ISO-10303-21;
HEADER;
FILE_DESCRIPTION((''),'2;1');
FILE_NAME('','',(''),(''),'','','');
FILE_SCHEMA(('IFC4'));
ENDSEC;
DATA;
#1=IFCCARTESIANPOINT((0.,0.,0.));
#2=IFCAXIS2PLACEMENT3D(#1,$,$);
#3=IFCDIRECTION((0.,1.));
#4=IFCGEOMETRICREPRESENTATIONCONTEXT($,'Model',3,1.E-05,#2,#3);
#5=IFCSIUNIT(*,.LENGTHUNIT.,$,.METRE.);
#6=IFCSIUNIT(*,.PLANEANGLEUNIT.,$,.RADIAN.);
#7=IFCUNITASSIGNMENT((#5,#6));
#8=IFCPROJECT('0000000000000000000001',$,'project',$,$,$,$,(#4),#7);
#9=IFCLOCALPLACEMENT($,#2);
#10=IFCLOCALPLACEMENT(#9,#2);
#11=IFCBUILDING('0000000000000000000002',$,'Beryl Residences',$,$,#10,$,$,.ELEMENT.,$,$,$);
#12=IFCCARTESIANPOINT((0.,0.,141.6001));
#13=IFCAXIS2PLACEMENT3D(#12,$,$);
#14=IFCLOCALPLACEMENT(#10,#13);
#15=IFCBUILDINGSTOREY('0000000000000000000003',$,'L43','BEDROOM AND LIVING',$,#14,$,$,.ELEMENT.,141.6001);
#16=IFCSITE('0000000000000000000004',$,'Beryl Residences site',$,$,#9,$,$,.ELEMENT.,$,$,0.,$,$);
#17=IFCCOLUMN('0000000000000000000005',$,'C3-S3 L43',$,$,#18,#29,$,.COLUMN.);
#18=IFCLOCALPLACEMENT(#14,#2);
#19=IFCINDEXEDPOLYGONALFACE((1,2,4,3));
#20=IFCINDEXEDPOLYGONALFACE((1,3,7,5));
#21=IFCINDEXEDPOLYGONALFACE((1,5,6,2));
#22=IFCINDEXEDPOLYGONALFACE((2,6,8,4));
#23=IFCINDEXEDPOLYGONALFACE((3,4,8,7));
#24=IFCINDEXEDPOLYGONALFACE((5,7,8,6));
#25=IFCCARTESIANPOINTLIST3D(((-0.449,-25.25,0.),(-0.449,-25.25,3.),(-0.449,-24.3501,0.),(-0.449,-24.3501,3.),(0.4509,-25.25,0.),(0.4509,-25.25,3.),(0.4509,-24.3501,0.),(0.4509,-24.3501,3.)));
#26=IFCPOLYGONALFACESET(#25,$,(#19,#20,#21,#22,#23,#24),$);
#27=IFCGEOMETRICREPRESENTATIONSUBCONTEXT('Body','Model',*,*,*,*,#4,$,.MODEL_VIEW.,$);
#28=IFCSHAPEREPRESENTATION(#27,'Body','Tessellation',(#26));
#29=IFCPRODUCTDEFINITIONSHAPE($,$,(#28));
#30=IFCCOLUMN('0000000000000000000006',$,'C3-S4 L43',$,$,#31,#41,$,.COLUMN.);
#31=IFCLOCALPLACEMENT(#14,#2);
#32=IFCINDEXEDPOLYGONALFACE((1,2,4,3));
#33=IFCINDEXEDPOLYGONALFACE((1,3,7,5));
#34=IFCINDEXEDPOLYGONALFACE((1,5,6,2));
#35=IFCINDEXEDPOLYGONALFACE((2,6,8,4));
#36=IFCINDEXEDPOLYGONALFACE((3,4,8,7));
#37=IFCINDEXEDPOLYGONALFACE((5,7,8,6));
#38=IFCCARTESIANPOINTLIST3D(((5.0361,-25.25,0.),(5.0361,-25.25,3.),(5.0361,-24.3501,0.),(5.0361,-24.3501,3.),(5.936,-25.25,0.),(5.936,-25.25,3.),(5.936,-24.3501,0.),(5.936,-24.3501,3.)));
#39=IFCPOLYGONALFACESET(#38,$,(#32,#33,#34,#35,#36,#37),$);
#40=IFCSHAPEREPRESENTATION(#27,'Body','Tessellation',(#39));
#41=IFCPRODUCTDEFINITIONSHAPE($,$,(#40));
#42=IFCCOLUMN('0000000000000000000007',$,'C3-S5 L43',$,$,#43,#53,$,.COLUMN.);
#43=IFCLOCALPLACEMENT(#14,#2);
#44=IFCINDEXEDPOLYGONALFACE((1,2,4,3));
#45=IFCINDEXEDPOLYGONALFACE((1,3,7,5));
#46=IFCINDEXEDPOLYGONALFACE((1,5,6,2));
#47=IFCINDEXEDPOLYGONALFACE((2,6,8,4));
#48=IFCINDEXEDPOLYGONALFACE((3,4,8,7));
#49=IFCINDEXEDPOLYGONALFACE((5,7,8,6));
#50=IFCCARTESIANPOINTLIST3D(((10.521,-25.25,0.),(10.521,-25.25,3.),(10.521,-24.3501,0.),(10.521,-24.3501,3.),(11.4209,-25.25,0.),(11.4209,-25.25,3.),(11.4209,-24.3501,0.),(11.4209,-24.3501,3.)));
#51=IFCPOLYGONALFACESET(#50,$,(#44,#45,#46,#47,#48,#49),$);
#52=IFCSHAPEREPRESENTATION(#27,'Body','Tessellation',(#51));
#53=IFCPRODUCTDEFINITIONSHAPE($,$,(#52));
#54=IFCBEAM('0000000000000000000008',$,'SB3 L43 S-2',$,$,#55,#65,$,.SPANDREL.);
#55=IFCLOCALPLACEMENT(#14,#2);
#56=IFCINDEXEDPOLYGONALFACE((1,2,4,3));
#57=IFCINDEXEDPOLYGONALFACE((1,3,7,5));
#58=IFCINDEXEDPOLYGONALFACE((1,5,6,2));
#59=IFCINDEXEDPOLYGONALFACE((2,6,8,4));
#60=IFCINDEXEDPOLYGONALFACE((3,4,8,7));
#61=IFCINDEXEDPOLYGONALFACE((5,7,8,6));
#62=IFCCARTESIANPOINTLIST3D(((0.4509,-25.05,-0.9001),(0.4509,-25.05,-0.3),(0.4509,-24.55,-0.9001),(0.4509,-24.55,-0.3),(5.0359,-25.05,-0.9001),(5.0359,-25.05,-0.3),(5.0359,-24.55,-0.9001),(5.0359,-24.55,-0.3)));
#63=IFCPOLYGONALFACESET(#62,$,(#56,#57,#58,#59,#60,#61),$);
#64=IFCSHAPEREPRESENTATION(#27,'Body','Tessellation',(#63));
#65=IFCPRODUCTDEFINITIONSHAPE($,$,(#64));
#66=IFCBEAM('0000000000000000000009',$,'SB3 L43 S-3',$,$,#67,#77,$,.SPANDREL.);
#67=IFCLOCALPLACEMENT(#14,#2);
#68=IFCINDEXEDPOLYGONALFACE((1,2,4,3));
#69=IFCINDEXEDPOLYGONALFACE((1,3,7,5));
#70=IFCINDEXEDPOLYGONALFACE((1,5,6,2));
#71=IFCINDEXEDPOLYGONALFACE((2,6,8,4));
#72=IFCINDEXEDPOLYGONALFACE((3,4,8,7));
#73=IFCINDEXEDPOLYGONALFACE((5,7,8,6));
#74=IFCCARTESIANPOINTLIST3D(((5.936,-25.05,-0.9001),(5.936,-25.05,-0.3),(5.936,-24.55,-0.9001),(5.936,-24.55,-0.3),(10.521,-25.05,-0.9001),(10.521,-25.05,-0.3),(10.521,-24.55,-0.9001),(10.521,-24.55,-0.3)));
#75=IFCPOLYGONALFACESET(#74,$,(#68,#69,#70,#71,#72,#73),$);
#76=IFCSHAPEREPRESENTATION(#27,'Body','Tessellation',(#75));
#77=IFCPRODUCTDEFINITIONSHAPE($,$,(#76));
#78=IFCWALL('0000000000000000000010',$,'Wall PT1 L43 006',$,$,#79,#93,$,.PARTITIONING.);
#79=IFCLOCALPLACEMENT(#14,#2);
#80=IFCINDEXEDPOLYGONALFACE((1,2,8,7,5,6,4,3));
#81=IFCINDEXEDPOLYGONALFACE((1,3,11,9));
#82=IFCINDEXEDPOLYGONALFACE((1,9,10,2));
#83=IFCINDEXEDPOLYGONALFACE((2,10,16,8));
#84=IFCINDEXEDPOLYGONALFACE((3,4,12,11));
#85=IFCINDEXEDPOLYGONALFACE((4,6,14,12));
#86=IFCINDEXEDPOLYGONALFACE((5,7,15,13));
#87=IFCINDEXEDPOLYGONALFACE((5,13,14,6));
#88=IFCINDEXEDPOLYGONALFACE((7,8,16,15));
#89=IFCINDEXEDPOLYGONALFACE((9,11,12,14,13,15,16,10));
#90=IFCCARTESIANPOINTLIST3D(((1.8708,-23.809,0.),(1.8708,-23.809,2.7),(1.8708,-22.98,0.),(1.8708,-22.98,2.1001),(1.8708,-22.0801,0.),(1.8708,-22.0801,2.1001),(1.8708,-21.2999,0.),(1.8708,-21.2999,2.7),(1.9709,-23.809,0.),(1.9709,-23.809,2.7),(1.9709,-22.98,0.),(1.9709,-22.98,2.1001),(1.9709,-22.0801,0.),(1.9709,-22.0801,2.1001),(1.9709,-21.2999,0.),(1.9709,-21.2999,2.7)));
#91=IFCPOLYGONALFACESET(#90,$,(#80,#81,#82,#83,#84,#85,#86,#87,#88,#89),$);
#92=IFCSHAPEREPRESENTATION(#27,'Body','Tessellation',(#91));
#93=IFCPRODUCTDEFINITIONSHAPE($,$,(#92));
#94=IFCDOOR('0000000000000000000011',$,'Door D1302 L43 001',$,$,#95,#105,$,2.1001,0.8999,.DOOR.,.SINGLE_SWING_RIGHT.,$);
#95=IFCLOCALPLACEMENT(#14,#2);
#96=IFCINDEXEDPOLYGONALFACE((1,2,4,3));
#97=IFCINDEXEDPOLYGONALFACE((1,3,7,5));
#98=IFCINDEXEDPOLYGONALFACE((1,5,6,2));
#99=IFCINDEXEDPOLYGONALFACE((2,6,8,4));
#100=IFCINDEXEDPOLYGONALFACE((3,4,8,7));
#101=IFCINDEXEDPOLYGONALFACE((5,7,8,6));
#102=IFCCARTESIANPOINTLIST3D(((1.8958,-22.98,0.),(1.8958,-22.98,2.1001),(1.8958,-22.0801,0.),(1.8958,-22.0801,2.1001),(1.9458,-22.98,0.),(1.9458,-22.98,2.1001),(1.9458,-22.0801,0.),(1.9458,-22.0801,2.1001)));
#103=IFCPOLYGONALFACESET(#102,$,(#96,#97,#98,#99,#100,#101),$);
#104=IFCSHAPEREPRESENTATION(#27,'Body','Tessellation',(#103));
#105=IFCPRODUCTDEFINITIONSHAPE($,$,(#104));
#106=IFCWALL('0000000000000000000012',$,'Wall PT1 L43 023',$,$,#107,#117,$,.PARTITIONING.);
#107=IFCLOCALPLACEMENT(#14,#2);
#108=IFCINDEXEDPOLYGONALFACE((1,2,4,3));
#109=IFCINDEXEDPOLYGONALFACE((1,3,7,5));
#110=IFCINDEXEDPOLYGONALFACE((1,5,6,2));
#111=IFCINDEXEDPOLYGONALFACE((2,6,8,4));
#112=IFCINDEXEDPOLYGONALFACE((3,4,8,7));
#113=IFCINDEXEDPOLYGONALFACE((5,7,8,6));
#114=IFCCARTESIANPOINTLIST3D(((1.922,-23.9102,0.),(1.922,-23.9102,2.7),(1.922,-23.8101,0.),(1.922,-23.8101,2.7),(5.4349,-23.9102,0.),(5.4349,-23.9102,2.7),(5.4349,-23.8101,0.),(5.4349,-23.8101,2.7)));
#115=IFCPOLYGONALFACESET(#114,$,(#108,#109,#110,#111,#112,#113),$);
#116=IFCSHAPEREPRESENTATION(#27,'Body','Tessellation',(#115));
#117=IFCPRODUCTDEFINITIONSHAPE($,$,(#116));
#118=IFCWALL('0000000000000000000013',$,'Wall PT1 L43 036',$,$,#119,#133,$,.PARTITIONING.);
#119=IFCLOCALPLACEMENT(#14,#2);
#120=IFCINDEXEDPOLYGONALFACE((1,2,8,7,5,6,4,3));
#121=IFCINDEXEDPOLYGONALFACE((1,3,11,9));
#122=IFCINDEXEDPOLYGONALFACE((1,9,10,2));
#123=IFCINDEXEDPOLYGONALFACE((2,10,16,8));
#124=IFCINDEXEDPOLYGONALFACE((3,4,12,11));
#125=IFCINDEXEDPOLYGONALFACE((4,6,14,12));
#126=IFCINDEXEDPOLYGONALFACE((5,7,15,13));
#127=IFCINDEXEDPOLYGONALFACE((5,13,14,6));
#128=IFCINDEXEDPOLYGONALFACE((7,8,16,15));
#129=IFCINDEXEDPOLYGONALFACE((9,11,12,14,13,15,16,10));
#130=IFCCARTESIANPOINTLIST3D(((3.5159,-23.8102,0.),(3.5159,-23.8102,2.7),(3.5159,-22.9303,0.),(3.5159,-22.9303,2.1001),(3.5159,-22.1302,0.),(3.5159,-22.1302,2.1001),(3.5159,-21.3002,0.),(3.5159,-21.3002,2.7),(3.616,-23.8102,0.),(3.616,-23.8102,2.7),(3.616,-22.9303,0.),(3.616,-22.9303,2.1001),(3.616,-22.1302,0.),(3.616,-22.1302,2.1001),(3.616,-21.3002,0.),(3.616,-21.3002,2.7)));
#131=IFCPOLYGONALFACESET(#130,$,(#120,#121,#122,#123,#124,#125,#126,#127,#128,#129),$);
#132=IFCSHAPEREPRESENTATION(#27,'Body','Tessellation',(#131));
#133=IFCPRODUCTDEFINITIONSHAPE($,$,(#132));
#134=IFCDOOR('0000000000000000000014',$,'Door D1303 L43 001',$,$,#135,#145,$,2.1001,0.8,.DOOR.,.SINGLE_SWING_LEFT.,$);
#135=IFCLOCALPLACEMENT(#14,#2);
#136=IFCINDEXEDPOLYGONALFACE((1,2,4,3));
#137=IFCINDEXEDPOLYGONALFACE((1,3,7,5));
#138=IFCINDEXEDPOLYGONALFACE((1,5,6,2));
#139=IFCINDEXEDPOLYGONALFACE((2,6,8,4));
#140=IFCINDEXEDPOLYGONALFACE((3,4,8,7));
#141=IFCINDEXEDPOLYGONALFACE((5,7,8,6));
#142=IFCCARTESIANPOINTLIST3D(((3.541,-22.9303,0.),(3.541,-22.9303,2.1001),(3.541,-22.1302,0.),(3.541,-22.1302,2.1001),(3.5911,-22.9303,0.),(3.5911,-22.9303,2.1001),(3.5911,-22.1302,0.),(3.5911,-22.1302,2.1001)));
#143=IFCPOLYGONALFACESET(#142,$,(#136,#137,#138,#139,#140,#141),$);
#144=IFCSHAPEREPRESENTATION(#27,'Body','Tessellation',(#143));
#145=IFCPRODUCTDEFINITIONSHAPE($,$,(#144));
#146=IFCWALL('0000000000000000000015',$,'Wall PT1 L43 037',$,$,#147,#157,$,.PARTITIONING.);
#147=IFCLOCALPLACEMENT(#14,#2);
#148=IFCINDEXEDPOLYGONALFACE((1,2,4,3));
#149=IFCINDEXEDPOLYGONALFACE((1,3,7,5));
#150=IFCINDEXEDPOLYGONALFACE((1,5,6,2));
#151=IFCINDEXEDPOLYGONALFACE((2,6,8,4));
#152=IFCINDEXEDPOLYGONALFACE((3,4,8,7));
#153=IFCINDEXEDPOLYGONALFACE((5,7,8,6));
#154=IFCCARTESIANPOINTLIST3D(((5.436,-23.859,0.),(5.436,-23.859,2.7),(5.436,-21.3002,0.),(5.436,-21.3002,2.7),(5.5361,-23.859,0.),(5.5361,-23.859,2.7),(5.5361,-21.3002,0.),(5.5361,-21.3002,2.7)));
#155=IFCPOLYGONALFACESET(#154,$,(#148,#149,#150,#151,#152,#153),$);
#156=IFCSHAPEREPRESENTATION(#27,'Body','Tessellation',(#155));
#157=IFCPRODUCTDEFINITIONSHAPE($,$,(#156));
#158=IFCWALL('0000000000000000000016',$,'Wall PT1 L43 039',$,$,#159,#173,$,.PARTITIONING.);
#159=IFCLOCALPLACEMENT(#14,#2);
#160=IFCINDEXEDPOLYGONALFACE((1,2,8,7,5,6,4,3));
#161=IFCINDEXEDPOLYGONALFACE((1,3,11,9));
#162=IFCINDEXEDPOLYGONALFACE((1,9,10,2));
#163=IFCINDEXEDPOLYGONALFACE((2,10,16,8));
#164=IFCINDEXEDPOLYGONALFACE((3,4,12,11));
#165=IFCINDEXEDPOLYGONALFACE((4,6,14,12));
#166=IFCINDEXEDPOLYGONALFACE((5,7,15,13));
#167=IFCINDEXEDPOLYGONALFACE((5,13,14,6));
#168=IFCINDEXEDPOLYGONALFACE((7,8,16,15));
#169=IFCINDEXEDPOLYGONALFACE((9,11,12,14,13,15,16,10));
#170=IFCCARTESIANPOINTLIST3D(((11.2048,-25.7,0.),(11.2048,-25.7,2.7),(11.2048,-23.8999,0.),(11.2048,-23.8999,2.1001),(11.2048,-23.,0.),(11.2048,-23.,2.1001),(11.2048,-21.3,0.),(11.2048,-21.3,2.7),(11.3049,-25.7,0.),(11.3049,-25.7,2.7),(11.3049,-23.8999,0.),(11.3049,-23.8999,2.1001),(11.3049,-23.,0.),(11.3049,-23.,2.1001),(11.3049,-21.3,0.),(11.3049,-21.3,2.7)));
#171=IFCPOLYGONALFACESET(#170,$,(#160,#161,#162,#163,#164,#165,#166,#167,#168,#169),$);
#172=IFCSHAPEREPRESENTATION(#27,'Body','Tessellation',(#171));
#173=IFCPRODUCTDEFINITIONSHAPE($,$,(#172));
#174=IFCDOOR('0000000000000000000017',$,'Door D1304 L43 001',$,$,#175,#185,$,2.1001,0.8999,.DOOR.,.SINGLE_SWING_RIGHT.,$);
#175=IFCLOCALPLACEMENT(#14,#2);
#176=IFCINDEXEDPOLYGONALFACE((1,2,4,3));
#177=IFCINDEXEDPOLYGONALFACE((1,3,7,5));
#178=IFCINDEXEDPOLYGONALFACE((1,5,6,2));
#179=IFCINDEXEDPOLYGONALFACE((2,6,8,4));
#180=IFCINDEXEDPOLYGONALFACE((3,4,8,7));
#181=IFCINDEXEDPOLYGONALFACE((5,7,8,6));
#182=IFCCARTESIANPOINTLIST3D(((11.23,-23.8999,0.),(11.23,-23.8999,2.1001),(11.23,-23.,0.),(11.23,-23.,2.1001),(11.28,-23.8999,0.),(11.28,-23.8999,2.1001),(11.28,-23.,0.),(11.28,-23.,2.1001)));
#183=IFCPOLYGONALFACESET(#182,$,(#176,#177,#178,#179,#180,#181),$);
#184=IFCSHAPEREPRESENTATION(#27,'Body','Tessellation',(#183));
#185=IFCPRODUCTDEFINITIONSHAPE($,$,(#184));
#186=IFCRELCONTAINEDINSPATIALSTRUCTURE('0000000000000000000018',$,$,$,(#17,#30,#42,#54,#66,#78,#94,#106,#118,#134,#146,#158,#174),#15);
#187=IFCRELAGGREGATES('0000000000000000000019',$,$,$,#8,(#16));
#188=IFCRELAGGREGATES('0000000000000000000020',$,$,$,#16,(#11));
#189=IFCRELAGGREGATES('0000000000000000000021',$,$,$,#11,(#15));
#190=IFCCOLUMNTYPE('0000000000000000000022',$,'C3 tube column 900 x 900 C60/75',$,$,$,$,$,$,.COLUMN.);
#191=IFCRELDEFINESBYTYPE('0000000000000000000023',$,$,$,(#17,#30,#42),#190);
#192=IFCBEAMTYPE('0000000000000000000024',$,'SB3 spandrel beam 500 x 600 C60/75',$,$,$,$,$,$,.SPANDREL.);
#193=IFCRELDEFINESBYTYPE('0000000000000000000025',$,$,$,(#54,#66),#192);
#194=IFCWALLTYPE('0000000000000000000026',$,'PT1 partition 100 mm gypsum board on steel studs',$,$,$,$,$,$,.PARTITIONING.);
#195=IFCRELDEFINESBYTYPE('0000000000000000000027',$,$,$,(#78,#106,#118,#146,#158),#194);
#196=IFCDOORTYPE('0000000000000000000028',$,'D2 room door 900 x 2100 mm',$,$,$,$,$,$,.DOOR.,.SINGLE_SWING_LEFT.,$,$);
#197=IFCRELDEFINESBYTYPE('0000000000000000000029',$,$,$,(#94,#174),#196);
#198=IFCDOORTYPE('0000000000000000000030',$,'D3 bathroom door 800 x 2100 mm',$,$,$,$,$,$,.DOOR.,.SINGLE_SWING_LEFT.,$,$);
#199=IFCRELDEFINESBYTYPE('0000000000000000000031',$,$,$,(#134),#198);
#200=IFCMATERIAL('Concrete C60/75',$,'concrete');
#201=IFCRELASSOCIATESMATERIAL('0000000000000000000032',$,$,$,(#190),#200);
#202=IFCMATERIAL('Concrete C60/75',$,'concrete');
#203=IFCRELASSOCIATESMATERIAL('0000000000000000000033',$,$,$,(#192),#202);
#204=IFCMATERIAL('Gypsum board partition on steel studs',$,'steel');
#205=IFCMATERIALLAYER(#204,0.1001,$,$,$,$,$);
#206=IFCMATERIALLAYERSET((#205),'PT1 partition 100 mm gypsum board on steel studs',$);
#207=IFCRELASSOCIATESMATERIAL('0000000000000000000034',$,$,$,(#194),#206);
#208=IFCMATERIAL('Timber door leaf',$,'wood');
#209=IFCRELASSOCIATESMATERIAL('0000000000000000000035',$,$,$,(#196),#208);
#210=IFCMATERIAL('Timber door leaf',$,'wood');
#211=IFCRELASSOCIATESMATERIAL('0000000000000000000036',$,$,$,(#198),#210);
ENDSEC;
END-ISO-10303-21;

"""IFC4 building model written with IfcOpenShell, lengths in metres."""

from ifc_helpers import new_model, si_unit, direction, frame, frame_2d, origin, origin_2d, place, context, subcontext, project, spatial, rectangle, extrude, material, layer, layer_set, material_profile, profile_set, type_object, element, fill, save


model = new_model("IFC4")

# Units and contexts
model_context = context("Model", 3, precision=1e-05, world=origin(), true_north=direction((0.0, 1.0)))
body_context = subcontext(model_context, "Body", "Model", "MODEL_VIEW")
ifc_project = project(units=[si_unit("LENGTHUNIT", "METRE"), si_unit("PLANEANGLEUNIT", "RADIAN")], contexts=[model_context])

# Site, building, storey
site_placement = place(None, origin())
site = spatial("IfcSite", under=ifc_project, at=site_placement, Name="Beryl Residences site", CompositionType="ELEMENT", RefElevation=0.0)
building_placement = place(site_placement, origin())
building = spatial("IfcBuilding", under=site, at=building_placement, Name="Beryl Residences", CompositionType="ELEMENT")
storey_placement = place(building_placement, frame((0.0, 0.0, 141.6001)))
storey = spatial("IfcBuildingStorey", under=building, at=storey_placement, Name="L43", Description="BEDROOM AND LIVING", CompositionType="ELEMENT", Elevation=141.6001)

# Columns
ifc_material_1 = material(Name="Concrete C60/75", Category="concrete")
ifc_material_profile_1 = material_profile(ifc_material_1, rectangle(XDim=0.8999, YDim=0.8999, at=origin_2d()))
ifc_profile_set_1 = profile_set([ifc_material_profile_1], Name="Concrete C60/75")
column_type = type_object("IfcColumnType", Name="C3 tube column 900 x 900 C60/75", PredefinedType="COLUMN", material=ifc_profile_set_1)
for number, where, z_axis, x_axis, name in (
    (1, (0.001, -24.8, 0.0), (0.0, 0.0, 1.0), (1.0, 0.0, 0.0), "C3-S3 L43"),
    (2, (5.4861, -24.8, 0.0), (0.0, 0.0, 1.0), (1.0, 0.0, 0.0), "C3-S4 L43"),
    (3, (10.9709, -24.8, 0.0), (0.0, 0.0, 1.0), (1.0, 0.0, 0.0), "C3-S5 L43"),
):
    element("IfcColumn", number, at=place(storey_placement, frame(where, z_axis=z_axis, x_axis=x_axis)), inside=storey, type_object=column_type, Name=name, PredefinedType="COLUMN", context=body_context, shape_type="SweptSolid", body=[
        extrude(rectangle(XDim=0.8999, YDim=0.8999, at=origin_2d()), origin(), (0.0, 0.0, 1.0), 3.0),
    ])

# Beams
ifc_material_2 = material(Name="Concrete C60/75", Category="concrete")
ifc_material_profile_2 = material_profile(ifc_material_2, rectangle(XDim=0.5, YDim=0.6001, at=origin_2d()))
ifc_profile_set_2 = profile_set([ifc_material_profile_2], Name="Concrete C60/75")
beam_type = type_object("IfcBeamType", Name="SB3 spandrel beam 500 x 600 C60/75", PredefinedType="SPANDREL", material=ifc_profile_set_2)
for number, where, z_axis, x_axis, name in (
    (4, (0.4509, -24.8, -0.6001), (1.0, 0.0, 0.0), (0.0, 1.0, 0.0), "SB3 L43 S-2"),
    (5, (5.936, -24.8, -0.6001), (1.0, 0.0, 0.0), (0.0, 1.0, 0.0), "SB3 L43 S-3"),
):
    element("IfcBeam", number, at=place(storey_placement, frame(where, z_axis=z_axis, x_axis=x_axis)), inside=storey, type_object=beam_type, Name=name, PredefinedType="SPANDREL", context=body_context, shape_type="SweptSolid", body=[
        extrude(rectangle(XDim=0.5, YDim=0.6001, at=origin_2d()), origin(), (0.0, 0.0, 1.0), 4.585),
    ])

# Wall, opening, door
ifc_material_3 = material(Name="Gypsum board partition on steel studs", Category="steel")
ifc_layer_1 = layer(ifc_material_3, 0.1001)
ifc_layer_set_1 = layer_set([ifc_layer_1], Name="PT1 partition 100 mm gypsum board on steel studs")
wall_type_1 = type_object("IfcWallType", Name="PT1 partition 100 mm gypsum board on steel studs", PredefinedType="PARTITIONING", material=ifc_layer_set_1)
wall_1_placement = place(storey_placement, frame((1.9209, -21.3, 0.0), z_axis=(0.0, 0.0, 1.0), x_axis=(0.0, -1.0, 0.0)))
wall_1 = element("IfcWall", 6, at=wall_1_placement, inside=storey, type_object=wall_type_1, Name="Wall PT1 L43 006", PredefinedType="PARTITIONING", context=body_context, shape_type="SweptSolid", body=[
    extrude(rectangle(XDim=2.509, YDim=0.1001, at=frame_2d((1.2544, 0.0))), origin(), (0.0, 0.0, 1.0), 2.7),
])
opening_1_placement = place(wall_1_placement, frame((0.78, 0.0, 0.0)))
opening_1 = element("IfcOpeningElement", 7, at=opening_1_placement, cuts=wall_1, PredefinedType="OPENING", context=body_context, shape_type="SweptSolid", body=[
    extrude(rectangle(XDim=0.8999, YDim=2.1001, at=frame_2d((0.45, 1.05))), frame((0.0, 0.0601, 0.0), z_axis=(0.0, -1.0, 0.0), x_axis=(1.0, 0.0, 0.0)), (0.0, 0.0, 1.0), 0.1201),
])
ifc_material_4 = material(Name="Timber door leaf", Category="wood")
door_type_1 = type_object("IfcDoorType", Name="D2 room door 900 x 2100 mm", OperationType="SINGLE_SWING_LEFT", PredefinedType="DOOR", material=ifc_material_4)
door_1_placement = place(opening_1_placement, origin())
door_1 = element("IfcDoor", 8, at=door_1_placement, inside=storey, type_object=door_type_1, Name="Door D1302 L43 001", OperationType="SINGLE_SWING_RIGHT", OverallHeight=2.1001, OverallWidth=0.8999, PredefinedType="DOOR", context=body_context, shape_type="SweptSolid", body=[
    extrude(rectangle(XDim=0.8999, YDim=2.1001, at=frame_2d((0.45, 1.05))), frame((0.0, 0.0249, 0.0), z_axis=(0.0, -1.0, 0.0), x_axis=(1.0, 0.0, 0.0)), (0.0, 0.0, 1.0), 0.05),
])
fill(opening_1, door_1)

# Wall
wall_2_placement = place(storey_placement, frame((1.9221, -23.8601, 0.0), z_axis=(0.0, 0.0, 1.0), x_axis=(1.0, 0.0, 0.0)))
element("IfcWall", 9, at=wall_2_placement, inside=storey, type_object=wall_type_1, Name="Wall PT1 L43 023", PredefinedType="PARTITIONING", context=body_context, shape_type="SweptSolid", body=[
    extrude(rectangle(XDim=3.5129, YDim=0.1001, at=frame_2d((1.7563, 0.0))), origin(), (0.0, 0.0, 1.0), 2.7),
])

# Wall, opening, door
wall_3_placement = place(storey_placement, frame((3.5659, -23.8101, 0.0), z_axis=(0.0, 0.0, 1.0), x_axis=(0.0, 1.0, 0.0)))
wall_3 = element("IfcWall", 10, at=wall_3_placement, inside=storey, type_object=wall_type_1, Name="Wall PT1 L43 036", PredefinedType="PARTITIONING", context=body_context, shape_type="SweptSolid", body=[
    extrude(rectangle(XDim=2.51, YDim=0.1001, at=frame_2d((1.2549, 0.0))), origin(), (0.0, 0.0, 1.0), 2.7),
])
opening_2_placement = place(wall_3_placement, frame((0.8799, 0.0, 0.0)))
opening_2 = element("IfcOpeningElement", 11, at=opening_2_placement, cuts=wall_3, PredefinedType="OPENING", context=body_context, shape_type="SweptSolid", body=[
    extrude(rectangle(XDim=0.8, YDim=2.1001, at=frame_2d((0.3999, 1.05))), frame((0.0, 0.0601, 0.0), z_axis=(0.0, -1.0, 0.0), x_axis=(1.0, 0.0, 0.0)), (0.0, 0.0, 1.0), 0.1201),
])
ifc_material_5 = material(Name="Timber door leaf", Category="wood")
door_type_2 = type_object("IfcDoorType", Name="D3 bathroom door 800 x 2100 mm", OperationType="SINGLE_SWING_LEFT", PredefinedType="DOOR", material=ifc_material_5)
door_2_placement = place(opening_2_placement, origin())
door_2 = element("IfcDoor", 12, at=door_2_placement, inside=storey, type_object=door_type_2, Name="Door D1303 L43 001", OperationType="SINGLE_SWING_LEFT", OverallHeight=2.1001, OverallWidth=0.8, PredefinedType="DOOR", context=body_context, shape_type="SweptSolid", body=[
    extrude(rectangle(XDim=0.8, YDim=2.1001, at=frame_2d((0.3999, 1.05))), frame((0.0, 0.0249, 0.0), z_axis=(0.0, -1.0, 0.0), x_axis=(1.0, 0.0, 0.0)), (0.0, 0.0, 1.0), 0.05),
])
fill(opening_2, door_2)

# Wall
wall_4_placement = place(storey_placement, frame((5.4861, -23.8589, 0.0), z_axis=(0.0, 0.0, 1.0), x_axis=(0.0, 1.0, 0.0)))
element("IfcWall", 13, at=wall_4_placement, inside=storey, type_object=wall_type_1, Name="Wall PT1 L43 037", PredefinedType="PARTITIONING", context=body_context, shape_type="SweptSolid", body=[
    extrude(rectangle(XDim=2.5588, YDim=0.1001, at=frame_2d((1.2793, 0.0))), origin(), (0.0, 0.0, 1.0), 2.7),
])

# Wall, opening, door
wall_5_placement = place(storey_placement, frame((11.2549, -25.7, 0.0), z_axis=(0.0, 0.0, 1.0), x_axis=(0.0, 1.0, 0.0)))
wall_5 = element("IfcWall", 14, at=wall_5_placement, inside=storey, type_object=wall_type_1, Name="Wall PT1 L43 039", PredefinedType="PARTITIONING", context=body_context, shape_type="SweptSolid", body=[
    extrude(rectangle(XDim=4.3999, YDim=0.1001, at=frame_2d((2.2, 0.0))), origin(), (0.0, 0.0, 1.0), 2.7),
])
opening_3_placement = place(wall_5_placement, frame((1.8, 0.0, 0.0)))
opening_3 = element("IfcOpeningElement", 15, at=opening_3_placement, cuts=wall_5, PredefinedType="OPENING", context=body_context, shape_type="SweptSolid", body=[
    extrude(rectangle(XDim=0.8999, YDim=2.1001, at=frame_2d((0.45, 1.05))), frame((0.0, 0.0601, 0.0), z_axis=(0.0, -1.0, 0.0), x_axis=(1.0, 0.0, 0.0)), (0.0, 0.0, 1.0), 0.1201),
])
door_3_placement = place(opening_3_placement, origin())
door_3 = element("IfcDoor", 16, at=door_3_placement, inside=storey, type_object=door_type_1, Name="Door D1304 L43 001", OperationType="SINGLE_SWING_RIGHT", OverallHeight=2.1001, OverallWidth=0.8999, PredefinedType="DOOR", context=body_context, shape_type="SweptSolid", body=[
    extrude(rectangle(XDim=0.8999, YDim=2.1001, at=frame_2d((0.45, 1.05))), frame((0.0, 0.0249, 0.0), z_axis=(0.0, -1.0, 0.0), x_axis=(1.0, 0.0, 0.0)), (0.0, 0.0, 1.0), 0.05),
])
fill(opening_3, door_3)

save(model, "model.ifc")
